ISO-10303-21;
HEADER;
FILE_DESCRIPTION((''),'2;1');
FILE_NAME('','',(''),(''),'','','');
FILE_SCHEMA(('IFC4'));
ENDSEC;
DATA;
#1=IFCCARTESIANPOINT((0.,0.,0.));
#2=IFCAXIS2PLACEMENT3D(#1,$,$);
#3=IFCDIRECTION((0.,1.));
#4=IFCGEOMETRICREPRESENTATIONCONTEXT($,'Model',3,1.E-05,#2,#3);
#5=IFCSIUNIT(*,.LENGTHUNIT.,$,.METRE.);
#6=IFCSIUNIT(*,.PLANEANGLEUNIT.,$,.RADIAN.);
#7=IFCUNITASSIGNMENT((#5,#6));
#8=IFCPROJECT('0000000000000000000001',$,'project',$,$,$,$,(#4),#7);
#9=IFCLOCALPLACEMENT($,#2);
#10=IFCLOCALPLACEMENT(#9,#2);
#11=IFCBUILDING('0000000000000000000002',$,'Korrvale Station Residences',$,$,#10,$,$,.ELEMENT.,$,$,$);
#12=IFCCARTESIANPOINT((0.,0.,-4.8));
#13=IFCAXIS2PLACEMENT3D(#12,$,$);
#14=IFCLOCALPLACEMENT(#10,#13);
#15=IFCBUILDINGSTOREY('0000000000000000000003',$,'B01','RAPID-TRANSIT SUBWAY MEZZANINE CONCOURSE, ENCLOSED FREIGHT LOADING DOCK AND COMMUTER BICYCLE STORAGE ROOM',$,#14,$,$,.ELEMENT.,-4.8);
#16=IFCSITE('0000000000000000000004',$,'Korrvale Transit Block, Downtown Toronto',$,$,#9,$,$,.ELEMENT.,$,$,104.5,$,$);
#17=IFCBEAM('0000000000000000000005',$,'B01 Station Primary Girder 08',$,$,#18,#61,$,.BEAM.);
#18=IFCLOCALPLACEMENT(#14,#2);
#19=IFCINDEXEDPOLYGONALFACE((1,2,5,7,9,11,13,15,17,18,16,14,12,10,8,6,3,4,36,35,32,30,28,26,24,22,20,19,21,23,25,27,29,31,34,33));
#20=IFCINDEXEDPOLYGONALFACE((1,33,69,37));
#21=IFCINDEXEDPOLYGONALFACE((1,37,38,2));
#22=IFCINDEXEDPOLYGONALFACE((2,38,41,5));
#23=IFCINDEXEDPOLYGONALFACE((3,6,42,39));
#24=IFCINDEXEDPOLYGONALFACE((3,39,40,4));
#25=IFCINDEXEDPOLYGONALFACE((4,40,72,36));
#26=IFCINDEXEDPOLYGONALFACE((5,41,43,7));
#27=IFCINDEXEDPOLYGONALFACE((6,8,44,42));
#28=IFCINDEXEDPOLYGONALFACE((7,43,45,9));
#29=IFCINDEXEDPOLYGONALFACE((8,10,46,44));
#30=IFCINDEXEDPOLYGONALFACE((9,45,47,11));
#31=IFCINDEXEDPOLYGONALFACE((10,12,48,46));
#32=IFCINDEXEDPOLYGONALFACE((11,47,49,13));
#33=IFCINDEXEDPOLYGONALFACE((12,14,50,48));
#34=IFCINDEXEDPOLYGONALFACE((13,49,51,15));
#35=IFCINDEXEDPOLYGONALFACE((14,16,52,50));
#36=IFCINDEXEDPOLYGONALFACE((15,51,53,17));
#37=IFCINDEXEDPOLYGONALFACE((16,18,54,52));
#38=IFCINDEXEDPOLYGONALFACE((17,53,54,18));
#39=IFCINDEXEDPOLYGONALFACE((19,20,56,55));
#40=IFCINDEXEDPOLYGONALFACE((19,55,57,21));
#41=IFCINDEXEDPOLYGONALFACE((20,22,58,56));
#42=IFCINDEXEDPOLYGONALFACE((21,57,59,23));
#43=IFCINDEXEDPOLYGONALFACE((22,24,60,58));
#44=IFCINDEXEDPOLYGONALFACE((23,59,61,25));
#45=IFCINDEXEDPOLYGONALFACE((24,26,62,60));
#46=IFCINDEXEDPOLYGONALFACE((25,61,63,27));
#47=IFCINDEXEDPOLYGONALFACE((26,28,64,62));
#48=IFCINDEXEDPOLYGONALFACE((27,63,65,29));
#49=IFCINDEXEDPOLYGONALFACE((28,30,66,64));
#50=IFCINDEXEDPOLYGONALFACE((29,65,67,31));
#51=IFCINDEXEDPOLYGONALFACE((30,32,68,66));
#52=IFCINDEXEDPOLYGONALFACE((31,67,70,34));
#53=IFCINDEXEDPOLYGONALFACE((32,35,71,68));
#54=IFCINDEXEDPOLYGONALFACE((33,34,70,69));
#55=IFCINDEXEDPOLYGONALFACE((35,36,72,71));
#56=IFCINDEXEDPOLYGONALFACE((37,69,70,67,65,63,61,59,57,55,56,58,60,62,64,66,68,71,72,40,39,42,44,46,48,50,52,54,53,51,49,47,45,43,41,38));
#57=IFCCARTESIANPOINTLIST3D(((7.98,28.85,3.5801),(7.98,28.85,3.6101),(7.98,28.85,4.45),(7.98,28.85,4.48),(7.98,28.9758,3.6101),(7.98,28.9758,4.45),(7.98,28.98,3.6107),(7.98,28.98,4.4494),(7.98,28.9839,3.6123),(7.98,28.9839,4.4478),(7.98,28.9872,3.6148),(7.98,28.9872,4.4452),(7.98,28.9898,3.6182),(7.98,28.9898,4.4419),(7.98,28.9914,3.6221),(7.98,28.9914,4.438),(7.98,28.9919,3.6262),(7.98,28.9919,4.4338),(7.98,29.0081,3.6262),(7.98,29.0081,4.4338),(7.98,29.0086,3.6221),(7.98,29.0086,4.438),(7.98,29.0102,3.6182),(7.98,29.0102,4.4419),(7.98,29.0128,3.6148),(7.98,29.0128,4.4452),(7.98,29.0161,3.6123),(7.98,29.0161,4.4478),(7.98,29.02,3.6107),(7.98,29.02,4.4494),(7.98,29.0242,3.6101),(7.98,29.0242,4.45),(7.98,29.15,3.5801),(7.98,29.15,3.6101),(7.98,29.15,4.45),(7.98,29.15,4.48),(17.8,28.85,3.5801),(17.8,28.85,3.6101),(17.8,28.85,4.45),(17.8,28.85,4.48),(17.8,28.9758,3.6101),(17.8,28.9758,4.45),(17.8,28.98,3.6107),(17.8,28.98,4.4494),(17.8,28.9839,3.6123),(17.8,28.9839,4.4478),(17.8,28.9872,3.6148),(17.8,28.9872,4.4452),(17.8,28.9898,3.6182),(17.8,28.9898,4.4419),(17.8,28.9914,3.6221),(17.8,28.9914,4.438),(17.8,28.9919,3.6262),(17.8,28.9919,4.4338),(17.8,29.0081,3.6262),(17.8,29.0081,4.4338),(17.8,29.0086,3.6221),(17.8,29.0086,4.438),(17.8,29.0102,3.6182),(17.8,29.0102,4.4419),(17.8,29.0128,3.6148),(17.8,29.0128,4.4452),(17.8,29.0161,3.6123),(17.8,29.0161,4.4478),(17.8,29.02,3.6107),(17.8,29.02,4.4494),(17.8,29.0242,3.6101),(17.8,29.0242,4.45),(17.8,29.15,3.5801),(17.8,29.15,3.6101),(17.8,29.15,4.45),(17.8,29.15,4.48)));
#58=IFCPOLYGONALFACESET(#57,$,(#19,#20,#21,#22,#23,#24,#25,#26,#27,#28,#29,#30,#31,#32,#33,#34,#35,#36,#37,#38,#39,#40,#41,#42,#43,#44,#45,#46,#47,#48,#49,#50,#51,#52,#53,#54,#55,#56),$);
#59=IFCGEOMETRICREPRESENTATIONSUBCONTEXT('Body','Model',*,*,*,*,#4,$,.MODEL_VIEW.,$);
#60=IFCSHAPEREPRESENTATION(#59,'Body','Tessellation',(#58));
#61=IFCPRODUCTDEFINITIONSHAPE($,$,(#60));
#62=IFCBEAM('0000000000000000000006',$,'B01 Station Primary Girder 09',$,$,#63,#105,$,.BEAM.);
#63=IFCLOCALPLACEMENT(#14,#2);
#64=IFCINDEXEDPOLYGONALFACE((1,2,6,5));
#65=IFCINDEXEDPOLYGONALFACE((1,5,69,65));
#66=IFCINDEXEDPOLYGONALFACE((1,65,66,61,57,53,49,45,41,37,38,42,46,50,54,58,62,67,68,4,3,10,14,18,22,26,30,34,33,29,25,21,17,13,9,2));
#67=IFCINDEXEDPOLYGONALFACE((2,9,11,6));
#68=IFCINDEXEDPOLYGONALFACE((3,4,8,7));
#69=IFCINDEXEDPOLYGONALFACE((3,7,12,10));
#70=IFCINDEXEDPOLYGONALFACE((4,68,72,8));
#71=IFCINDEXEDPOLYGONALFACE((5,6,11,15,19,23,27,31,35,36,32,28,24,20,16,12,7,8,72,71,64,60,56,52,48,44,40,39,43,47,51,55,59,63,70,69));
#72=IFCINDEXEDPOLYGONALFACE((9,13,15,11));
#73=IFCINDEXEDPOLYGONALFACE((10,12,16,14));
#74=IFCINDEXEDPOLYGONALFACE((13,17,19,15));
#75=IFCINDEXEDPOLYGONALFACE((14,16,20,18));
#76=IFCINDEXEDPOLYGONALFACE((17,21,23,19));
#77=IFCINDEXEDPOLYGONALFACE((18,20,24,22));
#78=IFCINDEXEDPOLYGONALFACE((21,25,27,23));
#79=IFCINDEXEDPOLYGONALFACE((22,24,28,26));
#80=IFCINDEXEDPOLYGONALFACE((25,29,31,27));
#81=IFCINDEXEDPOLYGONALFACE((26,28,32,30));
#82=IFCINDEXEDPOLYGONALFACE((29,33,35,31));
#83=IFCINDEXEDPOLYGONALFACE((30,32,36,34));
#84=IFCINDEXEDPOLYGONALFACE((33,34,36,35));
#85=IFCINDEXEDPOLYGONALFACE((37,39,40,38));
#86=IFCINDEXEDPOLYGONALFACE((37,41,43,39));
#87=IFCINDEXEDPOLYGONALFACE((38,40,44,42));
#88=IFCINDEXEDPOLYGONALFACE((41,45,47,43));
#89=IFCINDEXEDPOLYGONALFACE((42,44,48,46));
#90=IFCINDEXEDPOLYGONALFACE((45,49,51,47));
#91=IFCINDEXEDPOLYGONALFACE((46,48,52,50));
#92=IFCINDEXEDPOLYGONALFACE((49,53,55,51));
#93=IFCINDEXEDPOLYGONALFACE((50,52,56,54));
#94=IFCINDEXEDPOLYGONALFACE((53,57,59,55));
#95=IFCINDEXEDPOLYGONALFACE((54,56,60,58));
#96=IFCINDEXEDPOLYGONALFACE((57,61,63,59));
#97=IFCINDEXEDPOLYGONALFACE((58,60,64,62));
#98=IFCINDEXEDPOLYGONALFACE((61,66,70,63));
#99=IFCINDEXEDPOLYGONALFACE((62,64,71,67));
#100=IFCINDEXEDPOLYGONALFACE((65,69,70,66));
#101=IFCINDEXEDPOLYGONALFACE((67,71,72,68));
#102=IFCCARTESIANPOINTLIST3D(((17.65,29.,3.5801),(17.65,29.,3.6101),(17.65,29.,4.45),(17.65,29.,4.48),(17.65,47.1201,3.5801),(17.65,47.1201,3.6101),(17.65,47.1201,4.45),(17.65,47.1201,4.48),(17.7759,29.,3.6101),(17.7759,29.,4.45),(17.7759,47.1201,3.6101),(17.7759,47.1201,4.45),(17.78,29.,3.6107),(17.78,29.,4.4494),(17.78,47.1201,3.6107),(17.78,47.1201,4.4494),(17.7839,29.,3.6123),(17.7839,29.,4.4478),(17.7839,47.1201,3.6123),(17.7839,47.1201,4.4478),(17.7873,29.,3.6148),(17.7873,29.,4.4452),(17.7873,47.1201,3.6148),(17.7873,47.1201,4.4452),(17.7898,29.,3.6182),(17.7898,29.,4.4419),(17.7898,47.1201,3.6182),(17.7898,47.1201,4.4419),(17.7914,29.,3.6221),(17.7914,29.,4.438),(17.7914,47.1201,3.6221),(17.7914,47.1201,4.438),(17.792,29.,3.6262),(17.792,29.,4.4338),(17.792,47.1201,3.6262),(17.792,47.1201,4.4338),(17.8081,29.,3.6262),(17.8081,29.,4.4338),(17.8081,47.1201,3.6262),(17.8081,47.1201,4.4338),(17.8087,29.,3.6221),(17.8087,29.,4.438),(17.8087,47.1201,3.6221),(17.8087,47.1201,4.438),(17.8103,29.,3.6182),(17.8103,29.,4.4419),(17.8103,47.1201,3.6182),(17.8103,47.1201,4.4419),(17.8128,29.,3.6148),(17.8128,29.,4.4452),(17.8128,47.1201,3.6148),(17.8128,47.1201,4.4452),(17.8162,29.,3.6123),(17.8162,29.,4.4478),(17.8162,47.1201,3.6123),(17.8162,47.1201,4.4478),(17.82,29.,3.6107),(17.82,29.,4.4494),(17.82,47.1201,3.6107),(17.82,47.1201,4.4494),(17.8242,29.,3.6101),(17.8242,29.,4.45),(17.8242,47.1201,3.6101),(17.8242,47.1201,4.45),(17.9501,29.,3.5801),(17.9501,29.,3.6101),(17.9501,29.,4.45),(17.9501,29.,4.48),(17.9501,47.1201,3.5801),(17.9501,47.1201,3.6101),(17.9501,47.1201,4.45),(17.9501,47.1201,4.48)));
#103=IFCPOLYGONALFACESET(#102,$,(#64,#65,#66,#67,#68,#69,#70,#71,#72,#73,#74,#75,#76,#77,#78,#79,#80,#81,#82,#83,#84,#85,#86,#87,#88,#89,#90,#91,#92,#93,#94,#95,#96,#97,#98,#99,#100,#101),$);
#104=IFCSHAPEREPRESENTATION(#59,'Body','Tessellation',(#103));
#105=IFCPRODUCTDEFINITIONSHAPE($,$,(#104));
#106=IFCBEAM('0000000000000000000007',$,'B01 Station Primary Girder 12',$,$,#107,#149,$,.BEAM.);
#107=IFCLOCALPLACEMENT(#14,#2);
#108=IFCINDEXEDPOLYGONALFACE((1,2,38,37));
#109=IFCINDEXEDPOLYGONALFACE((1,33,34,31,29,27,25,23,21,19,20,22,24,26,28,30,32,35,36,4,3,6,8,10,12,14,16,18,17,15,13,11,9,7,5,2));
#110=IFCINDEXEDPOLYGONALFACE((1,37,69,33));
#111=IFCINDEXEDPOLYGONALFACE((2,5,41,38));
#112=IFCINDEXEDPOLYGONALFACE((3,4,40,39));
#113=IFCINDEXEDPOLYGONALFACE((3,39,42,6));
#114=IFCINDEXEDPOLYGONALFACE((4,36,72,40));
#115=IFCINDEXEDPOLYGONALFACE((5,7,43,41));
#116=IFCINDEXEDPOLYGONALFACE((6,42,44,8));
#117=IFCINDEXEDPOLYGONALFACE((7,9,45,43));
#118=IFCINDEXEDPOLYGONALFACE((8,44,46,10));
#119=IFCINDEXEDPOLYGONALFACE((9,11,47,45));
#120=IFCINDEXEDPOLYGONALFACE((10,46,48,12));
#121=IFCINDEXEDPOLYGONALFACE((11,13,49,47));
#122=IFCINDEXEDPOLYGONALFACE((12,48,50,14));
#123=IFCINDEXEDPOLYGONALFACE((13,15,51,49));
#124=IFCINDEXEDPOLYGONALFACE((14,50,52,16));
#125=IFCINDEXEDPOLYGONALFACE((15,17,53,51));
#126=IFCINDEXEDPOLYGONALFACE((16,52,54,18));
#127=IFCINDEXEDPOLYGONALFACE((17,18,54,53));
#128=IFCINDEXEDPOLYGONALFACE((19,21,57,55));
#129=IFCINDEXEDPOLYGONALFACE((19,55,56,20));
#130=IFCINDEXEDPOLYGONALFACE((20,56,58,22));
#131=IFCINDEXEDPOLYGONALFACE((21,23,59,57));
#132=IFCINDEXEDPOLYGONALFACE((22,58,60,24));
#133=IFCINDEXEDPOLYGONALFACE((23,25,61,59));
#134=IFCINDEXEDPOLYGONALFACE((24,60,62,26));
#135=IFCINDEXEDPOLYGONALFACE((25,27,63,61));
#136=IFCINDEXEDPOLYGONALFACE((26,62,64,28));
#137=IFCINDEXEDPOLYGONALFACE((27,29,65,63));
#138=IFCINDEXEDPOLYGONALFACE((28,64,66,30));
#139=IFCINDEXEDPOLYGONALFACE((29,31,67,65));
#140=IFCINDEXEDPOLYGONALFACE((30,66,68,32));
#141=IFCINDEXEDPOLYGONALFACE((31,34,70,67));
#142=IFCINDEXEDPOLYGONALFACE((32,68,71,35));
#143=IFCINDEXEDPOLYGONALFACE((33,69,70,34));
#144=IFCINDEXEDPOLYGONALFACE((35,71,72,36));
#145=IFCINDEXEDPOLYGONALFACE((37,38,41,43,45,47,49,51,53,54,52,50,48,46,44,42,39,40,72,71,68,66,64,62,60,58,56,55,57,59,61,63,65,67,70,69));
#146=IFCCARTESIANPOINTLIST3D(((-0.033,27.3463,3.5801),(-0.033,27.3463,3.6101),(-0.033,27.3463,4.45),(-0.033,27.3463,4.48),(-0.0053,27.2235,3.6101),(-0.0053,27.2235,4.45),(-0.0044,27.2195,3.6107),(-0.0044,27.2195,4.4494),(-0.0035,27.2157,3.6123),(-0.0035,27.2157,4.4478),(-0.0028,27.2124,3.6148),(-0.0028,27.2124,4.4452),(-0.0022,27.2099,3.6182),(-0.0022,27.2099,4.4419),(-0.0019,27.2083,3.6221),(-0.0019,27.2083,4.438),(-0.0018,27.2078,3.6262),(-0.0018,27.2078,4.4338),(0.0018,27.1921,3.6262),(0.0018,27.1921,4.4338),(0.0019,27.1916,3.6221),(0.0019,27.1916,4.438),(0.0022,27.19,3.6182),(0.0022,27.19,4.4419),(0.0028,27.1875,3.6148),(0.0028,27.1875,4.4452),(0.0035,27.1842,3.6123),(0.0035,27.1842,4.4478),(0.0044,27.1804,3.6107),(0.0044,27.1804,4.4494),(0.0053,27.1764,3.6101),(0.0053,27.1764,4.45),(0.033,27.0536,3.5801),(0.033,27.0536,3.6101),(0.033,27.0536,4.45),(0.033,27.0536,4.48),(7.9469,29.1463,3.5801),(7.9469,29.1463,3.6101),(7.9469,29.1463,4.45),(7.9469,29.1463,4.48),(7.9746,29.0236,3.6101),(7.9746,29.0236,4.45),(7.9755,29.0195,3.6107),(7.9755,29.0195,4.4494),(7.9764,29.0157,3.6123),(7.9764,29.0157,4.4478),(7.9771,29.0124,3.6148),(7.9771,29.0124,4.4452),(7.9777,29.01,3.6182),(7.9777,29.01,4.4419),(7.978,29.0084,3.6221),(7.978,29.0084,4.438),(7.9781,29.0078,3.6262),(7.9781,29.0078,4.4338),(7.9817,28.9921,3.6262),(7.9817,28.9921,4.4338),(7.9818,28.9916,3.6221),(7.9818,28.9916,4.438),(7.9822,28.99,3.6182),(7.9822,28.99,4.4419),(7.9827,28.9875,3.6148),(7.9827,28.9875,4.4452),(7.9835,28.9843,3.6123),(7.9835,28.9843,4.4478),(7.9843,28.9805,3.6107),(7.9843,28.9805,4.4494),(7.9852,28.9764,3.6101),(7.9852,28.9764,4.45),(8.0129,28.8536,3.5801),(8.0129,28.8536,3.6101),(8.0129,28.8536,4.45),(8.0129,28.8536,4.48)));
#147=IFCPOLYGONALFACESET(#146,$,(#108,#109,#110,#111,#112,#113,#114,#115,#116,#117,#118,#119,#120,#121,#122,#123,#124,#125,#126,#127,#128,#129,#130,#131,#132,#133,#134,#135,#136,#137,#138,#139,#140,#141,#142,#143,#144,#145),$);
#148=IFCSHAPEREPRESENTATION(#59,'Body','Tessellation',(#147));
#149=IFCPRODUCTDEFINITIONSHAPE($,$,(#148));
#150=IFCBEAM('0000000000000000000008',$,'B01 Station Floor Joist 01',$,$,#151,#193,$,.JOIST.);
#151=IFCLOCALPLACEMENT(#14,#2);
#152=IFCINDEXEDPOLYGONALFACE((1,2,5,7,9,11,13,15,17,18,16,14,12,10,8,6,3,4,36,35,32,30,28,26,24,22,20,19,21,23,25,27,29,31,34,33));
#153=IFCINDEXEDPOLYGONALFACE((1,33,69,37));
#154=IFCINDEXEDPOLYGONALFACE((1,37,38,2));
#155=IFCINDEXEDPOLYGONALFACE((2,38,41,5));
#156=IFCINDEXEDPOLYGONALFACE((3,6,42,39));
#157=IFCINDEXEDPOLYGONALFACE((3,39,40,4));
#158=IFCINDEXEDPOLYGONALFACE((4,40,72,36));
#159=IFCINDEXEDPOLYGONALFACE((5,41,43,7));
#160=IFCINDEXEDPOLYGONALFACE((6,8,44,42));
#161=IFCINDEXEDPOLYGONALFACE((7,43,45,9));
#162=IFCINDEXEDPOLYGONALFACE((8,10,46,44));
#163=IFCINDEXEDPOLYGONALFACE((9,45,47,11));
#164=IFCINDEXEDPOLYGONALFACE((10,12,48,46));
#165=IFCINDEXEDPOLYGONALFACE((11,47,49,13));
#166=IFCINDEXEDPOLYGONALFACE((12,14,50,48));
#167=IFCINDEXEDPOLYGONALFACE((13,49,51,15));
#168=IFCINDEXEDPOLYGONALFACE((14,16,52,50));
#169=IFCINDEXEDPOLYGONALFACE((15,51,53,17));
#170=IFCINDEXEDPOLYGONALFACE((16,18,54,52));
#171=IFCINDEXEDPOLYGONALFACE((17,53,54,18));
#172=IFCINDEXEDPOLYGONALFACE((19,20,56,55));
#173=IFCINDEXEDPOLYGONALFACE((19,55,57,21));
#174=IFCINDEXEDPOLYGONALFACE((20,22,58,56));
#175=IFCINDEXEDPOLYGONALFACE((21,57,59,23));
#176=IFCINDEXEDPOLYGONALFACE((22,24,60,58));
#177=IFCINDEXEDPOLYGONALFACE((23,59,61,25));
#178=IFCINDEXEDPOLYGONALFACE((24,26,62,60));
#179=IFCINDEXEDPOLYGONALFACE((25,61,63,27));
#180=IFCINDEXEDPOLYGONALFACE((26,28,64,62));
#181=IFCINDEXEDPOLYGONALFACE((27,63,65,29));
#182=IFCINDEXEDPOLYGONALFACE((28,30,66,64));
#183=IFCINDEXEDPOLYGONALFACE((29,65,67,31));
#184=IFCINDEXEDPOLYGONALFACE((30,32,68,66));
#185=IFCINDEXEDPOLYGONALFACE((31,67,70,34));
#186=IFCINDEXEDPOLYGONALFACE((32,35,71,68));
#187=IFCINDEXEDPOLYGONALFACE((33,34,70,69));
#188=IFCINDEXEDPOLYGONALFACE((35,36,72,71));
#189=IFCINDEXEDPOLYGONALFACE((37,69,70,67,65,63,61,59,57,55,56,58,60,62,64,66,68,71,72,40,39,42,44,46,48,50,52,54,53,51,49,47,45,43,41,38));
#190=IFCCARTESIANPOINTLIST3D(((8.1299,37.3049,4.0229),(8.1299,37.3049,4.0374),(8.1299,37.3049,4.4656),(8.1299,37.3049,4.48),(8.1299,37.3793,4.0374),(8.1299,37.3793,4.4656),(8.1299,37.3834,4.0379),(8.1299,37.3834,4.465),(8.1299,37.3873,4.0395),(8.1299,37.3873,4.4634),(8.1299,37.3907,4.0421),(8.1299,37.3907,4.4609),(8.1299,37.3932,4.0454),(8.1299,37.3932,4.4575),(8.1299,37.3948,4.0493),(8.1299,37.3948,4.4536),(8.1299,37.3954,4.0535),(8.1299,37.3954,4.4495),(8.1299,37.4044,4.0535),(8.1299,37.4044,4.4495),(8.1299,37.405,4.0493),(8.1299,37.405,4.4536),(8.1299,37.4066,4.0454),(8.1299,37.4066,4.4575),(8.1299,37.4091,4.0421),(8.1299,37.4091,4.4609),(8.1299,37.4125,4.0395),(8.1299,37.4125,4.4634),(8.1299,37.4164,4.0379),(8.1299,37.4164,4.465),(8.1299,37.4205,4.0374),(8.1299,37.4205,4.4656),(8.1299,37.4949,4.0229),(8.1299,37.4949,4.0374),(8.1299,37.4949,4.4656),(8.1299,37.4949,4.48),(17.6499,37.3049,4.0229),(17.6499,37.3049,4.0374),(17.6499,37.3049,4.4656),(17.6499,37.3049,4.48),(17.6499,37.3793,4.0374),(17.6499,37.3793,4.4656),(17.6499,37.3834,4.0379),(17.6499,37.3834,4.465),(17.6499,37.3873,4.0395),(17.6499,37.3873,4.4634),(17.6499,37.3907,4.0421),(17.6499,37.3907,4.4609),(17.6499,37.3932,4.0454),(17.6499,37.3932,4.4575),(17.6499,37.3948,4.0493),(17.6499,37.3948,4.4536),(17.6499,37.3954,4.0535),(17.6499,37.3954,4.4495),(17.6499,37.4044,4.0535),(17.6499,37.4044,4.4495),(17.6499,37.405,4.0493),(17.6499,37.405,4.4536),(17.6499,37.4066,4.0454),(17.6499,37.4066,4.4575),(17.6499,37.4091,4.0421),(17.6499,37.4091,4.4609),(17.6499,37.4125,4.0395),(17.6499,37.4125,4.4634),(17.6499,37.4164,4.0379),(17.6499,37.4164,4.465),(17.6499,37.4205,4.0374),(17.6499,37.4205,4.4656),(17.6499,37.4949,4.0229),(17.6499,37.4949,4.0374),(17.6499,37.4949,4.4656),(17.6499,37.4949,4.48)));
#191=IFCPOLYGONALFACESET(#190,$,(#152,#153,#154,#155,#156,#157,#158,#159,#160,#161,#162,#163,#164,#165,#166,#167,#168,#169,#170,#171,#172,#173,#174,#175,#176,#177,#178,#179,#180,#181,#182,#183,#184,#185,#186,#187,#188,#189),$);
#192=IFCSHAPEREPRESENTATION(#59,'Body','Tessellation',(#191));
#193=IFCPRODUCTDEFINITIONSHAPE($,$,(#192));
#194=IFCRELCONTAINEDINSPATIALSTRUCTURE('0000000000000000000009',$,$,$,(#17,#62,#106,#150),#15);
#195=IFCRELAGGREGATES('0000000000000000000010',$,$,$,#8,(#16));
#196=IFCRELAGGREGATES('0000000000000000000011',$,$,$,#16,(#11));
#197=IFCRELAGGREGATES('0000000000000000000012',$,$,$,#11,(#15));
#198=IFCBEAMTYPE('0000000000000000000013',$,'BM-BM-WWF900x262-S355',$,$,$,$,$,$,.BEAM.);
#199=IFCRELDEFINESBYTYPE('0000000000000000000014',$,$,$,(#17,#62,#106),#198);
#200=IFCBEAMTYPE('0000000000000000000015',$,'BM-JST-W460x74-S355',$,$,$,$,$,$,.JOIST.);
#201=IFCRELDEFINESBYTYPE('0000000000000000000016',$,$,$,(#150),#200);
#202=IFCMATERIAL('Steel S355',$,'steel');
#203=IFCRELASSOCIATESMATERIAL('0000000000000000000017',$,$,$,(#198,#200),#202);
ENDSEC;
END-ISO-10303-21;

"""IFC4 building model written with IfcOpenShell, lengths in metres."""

from ifc_helpers import new_model, si_unit, direction, frame, origin, origin_2d, place, context, subcontext, project, spatial, i_section, extrude, material, material_profile, profile_set, type_object, element, save


model = new_model("IFC4")

# Units and contexts
model_context = context("Model", 3, precision=1e-05, world=origin(), true_north=direction((0.0, 1.0)))
body_context = subcontext(model_context, "Body", "Model", "MODEL_VIEW")
ifc_project = project(units=[si_unit("LENGTHUNIT", "METRE"), si_unit("PLANEANGLEUNIT", "RADIAN")], contexts=[model_context])

# Site, building, storey
site_placement = place(None, origin())
site = spatial("IfcSite", under=ifc_project, at=site_placement, Name="Korrvale Transit Block, Downtown Toronto", CompositionType="ELEMENT", RefElevation=104.5)
building_placement = place(site_placement, origin())
building = spatial("IfcBuilding", under=site, at=building_placement, Name="Korrvale Station Residences", CompositionType="ELEMENT")
storey_placement = place(building_placement, frame((0.0, 0.0, -4.8)))
storey = spatial("IfcBuildingStorey", under=building, at=storey_placement, Name="B01", Description="RAPID-TRANSIT SUBWAY MEZZANINE CONCOURSE, ENCLOSED FREIGHT LOADING DOCK AND COMMUTER BICYCLE STORAGE ROOM", CompositionType="ELEMENT", Elevation=-4.8)

# Beams
ifc_material_1 = material(Name="Steel S355", Category="steel")
ifc_material_profile_1 = material_profile(ifc_material_1, i_section(OverallWidth=0.3, OverallDepth=0.8999, WebThickness=0.0161, FlangeThickness=0.03, FilletRadius=0.0161, at=origin_2d()), Name="WWF900x262")
ifc_profile_set_1 = profile_set([ifc_material_profile_1], Name="Steel S355")
beam_type_1 = type_object("IfcBeamType", Name="BM-BM-WWF900x262-S355", PredefinedType="BEAM", material=ifc_profile_set_1)
beam_1_placement = place(storey_placement, frame((7.98, 29.0, 4.03), z_axis=(1.0, 0.0, 0.0), x_axis=(0.0, 1.0, 0.0)))
element("IfcBeam", 1, at=beam_1_placement, inside=storey, type_object=beam_type_1, Name="B01 Station Primary Girder 08", PredefinedType="BEAM", context=body_context, shape_type="SweptSolid", body=[
    extrude(i_section(OverallWidth=0.3, OverallDepth=0.8999, WebThickness=0.0161, FlangeThickness=0.03, FilletRadius=0.0161, at=origin_2d()), origin(), (0.0, 0.0, 1.0), 9.8201),
])
beam_2_placement = place(storey_placement, frame((17.8, 29.0, 4.03), z_axis=(0.0, 1.0, 0.0), x_axis=(-1.0, 0.0, 0.0)))
element("IfcBeam", 2, at=beam_2_placement, inside=storey, type_object=beam_type_1, Name="B01 Station Primary Girder 09", PredefinedType="BEAM", context=body_context, shape_type="SweptSolid", body=[
    extrude(i_section(OverallWidth=0.3, OverallDepth=0.8999, WebThickness=0.0161, FlangeThickness=0.03, FilletRadius=0.0161, at=origin_2d()), origin(), (0.0, 0.0, 1.0), 18.1201),
])
beam_3_placement = place(storey_placement, frame((0.0, 27.2, 4.03), z_axis=(0.97549, 0.220042, 0.0), x_axis=(-0.220042, 0.97549, 0.0)))
element("IfcBeam", 3, at=beam_3_placement, inside=storey, type_object=beam_type_1, Name="B01 Station Primary Girder 12", PredefinedType="BEAM", context=body_context, shape_type="SweptSolid", body=[
    extrude(i_section(OverallWidth=0.3, OverallDepth=0.8999, WebThickness=0.0161, FlangeThickness=0.03, FilletRadius=0.0161, at=origin_2d()), origin(), (0.0, 0.0, 1.0), 8.1804),
])
ifc_material_profile_2 = material_profile(ifc_material_1, i_section(OverallWidth=0.1899, OverallDepth=0.457, WebThickness=0.009, FlangeThickness=0.0144, FilletRadius=0.0161, at=origin_2d()), Name="W460x74")
ifc_profile_set_2 = profile_set([ifc_material_profile_2], Name="Steel S355")
beam_type_2 = type_object("IfcBeamType", Name="BM-JST-W460x74-S355", PredefinedType="JOIST", material=ifc_profile_set_2)
beam_4_placement = place(storey_placement, frame((8.1299, 37.3999, 4.2515), z_axis=(1.0, 0.0, 0.0), x_axis=(0.0, 1.0, 0.0)))
element("IfcBeam", 4, at=beam_4_placement, inside=storey, type_object=beam_type_2, Name="B01 Station Floor Joist 01", PredefinedType="JOIST", context=body_context, shape_type="SweptSolid", body=[
    extrude(i_section(OverallWidth=0.1899, OverallDepth=0.457, WebThickness=0.009, FlangeThickness=0.0144, FilletRadius=0.0161, at=origin_2d()), origin(), (0.0, 0.0, 1.0), 9.52),
])

save(model, "model.ifc")
